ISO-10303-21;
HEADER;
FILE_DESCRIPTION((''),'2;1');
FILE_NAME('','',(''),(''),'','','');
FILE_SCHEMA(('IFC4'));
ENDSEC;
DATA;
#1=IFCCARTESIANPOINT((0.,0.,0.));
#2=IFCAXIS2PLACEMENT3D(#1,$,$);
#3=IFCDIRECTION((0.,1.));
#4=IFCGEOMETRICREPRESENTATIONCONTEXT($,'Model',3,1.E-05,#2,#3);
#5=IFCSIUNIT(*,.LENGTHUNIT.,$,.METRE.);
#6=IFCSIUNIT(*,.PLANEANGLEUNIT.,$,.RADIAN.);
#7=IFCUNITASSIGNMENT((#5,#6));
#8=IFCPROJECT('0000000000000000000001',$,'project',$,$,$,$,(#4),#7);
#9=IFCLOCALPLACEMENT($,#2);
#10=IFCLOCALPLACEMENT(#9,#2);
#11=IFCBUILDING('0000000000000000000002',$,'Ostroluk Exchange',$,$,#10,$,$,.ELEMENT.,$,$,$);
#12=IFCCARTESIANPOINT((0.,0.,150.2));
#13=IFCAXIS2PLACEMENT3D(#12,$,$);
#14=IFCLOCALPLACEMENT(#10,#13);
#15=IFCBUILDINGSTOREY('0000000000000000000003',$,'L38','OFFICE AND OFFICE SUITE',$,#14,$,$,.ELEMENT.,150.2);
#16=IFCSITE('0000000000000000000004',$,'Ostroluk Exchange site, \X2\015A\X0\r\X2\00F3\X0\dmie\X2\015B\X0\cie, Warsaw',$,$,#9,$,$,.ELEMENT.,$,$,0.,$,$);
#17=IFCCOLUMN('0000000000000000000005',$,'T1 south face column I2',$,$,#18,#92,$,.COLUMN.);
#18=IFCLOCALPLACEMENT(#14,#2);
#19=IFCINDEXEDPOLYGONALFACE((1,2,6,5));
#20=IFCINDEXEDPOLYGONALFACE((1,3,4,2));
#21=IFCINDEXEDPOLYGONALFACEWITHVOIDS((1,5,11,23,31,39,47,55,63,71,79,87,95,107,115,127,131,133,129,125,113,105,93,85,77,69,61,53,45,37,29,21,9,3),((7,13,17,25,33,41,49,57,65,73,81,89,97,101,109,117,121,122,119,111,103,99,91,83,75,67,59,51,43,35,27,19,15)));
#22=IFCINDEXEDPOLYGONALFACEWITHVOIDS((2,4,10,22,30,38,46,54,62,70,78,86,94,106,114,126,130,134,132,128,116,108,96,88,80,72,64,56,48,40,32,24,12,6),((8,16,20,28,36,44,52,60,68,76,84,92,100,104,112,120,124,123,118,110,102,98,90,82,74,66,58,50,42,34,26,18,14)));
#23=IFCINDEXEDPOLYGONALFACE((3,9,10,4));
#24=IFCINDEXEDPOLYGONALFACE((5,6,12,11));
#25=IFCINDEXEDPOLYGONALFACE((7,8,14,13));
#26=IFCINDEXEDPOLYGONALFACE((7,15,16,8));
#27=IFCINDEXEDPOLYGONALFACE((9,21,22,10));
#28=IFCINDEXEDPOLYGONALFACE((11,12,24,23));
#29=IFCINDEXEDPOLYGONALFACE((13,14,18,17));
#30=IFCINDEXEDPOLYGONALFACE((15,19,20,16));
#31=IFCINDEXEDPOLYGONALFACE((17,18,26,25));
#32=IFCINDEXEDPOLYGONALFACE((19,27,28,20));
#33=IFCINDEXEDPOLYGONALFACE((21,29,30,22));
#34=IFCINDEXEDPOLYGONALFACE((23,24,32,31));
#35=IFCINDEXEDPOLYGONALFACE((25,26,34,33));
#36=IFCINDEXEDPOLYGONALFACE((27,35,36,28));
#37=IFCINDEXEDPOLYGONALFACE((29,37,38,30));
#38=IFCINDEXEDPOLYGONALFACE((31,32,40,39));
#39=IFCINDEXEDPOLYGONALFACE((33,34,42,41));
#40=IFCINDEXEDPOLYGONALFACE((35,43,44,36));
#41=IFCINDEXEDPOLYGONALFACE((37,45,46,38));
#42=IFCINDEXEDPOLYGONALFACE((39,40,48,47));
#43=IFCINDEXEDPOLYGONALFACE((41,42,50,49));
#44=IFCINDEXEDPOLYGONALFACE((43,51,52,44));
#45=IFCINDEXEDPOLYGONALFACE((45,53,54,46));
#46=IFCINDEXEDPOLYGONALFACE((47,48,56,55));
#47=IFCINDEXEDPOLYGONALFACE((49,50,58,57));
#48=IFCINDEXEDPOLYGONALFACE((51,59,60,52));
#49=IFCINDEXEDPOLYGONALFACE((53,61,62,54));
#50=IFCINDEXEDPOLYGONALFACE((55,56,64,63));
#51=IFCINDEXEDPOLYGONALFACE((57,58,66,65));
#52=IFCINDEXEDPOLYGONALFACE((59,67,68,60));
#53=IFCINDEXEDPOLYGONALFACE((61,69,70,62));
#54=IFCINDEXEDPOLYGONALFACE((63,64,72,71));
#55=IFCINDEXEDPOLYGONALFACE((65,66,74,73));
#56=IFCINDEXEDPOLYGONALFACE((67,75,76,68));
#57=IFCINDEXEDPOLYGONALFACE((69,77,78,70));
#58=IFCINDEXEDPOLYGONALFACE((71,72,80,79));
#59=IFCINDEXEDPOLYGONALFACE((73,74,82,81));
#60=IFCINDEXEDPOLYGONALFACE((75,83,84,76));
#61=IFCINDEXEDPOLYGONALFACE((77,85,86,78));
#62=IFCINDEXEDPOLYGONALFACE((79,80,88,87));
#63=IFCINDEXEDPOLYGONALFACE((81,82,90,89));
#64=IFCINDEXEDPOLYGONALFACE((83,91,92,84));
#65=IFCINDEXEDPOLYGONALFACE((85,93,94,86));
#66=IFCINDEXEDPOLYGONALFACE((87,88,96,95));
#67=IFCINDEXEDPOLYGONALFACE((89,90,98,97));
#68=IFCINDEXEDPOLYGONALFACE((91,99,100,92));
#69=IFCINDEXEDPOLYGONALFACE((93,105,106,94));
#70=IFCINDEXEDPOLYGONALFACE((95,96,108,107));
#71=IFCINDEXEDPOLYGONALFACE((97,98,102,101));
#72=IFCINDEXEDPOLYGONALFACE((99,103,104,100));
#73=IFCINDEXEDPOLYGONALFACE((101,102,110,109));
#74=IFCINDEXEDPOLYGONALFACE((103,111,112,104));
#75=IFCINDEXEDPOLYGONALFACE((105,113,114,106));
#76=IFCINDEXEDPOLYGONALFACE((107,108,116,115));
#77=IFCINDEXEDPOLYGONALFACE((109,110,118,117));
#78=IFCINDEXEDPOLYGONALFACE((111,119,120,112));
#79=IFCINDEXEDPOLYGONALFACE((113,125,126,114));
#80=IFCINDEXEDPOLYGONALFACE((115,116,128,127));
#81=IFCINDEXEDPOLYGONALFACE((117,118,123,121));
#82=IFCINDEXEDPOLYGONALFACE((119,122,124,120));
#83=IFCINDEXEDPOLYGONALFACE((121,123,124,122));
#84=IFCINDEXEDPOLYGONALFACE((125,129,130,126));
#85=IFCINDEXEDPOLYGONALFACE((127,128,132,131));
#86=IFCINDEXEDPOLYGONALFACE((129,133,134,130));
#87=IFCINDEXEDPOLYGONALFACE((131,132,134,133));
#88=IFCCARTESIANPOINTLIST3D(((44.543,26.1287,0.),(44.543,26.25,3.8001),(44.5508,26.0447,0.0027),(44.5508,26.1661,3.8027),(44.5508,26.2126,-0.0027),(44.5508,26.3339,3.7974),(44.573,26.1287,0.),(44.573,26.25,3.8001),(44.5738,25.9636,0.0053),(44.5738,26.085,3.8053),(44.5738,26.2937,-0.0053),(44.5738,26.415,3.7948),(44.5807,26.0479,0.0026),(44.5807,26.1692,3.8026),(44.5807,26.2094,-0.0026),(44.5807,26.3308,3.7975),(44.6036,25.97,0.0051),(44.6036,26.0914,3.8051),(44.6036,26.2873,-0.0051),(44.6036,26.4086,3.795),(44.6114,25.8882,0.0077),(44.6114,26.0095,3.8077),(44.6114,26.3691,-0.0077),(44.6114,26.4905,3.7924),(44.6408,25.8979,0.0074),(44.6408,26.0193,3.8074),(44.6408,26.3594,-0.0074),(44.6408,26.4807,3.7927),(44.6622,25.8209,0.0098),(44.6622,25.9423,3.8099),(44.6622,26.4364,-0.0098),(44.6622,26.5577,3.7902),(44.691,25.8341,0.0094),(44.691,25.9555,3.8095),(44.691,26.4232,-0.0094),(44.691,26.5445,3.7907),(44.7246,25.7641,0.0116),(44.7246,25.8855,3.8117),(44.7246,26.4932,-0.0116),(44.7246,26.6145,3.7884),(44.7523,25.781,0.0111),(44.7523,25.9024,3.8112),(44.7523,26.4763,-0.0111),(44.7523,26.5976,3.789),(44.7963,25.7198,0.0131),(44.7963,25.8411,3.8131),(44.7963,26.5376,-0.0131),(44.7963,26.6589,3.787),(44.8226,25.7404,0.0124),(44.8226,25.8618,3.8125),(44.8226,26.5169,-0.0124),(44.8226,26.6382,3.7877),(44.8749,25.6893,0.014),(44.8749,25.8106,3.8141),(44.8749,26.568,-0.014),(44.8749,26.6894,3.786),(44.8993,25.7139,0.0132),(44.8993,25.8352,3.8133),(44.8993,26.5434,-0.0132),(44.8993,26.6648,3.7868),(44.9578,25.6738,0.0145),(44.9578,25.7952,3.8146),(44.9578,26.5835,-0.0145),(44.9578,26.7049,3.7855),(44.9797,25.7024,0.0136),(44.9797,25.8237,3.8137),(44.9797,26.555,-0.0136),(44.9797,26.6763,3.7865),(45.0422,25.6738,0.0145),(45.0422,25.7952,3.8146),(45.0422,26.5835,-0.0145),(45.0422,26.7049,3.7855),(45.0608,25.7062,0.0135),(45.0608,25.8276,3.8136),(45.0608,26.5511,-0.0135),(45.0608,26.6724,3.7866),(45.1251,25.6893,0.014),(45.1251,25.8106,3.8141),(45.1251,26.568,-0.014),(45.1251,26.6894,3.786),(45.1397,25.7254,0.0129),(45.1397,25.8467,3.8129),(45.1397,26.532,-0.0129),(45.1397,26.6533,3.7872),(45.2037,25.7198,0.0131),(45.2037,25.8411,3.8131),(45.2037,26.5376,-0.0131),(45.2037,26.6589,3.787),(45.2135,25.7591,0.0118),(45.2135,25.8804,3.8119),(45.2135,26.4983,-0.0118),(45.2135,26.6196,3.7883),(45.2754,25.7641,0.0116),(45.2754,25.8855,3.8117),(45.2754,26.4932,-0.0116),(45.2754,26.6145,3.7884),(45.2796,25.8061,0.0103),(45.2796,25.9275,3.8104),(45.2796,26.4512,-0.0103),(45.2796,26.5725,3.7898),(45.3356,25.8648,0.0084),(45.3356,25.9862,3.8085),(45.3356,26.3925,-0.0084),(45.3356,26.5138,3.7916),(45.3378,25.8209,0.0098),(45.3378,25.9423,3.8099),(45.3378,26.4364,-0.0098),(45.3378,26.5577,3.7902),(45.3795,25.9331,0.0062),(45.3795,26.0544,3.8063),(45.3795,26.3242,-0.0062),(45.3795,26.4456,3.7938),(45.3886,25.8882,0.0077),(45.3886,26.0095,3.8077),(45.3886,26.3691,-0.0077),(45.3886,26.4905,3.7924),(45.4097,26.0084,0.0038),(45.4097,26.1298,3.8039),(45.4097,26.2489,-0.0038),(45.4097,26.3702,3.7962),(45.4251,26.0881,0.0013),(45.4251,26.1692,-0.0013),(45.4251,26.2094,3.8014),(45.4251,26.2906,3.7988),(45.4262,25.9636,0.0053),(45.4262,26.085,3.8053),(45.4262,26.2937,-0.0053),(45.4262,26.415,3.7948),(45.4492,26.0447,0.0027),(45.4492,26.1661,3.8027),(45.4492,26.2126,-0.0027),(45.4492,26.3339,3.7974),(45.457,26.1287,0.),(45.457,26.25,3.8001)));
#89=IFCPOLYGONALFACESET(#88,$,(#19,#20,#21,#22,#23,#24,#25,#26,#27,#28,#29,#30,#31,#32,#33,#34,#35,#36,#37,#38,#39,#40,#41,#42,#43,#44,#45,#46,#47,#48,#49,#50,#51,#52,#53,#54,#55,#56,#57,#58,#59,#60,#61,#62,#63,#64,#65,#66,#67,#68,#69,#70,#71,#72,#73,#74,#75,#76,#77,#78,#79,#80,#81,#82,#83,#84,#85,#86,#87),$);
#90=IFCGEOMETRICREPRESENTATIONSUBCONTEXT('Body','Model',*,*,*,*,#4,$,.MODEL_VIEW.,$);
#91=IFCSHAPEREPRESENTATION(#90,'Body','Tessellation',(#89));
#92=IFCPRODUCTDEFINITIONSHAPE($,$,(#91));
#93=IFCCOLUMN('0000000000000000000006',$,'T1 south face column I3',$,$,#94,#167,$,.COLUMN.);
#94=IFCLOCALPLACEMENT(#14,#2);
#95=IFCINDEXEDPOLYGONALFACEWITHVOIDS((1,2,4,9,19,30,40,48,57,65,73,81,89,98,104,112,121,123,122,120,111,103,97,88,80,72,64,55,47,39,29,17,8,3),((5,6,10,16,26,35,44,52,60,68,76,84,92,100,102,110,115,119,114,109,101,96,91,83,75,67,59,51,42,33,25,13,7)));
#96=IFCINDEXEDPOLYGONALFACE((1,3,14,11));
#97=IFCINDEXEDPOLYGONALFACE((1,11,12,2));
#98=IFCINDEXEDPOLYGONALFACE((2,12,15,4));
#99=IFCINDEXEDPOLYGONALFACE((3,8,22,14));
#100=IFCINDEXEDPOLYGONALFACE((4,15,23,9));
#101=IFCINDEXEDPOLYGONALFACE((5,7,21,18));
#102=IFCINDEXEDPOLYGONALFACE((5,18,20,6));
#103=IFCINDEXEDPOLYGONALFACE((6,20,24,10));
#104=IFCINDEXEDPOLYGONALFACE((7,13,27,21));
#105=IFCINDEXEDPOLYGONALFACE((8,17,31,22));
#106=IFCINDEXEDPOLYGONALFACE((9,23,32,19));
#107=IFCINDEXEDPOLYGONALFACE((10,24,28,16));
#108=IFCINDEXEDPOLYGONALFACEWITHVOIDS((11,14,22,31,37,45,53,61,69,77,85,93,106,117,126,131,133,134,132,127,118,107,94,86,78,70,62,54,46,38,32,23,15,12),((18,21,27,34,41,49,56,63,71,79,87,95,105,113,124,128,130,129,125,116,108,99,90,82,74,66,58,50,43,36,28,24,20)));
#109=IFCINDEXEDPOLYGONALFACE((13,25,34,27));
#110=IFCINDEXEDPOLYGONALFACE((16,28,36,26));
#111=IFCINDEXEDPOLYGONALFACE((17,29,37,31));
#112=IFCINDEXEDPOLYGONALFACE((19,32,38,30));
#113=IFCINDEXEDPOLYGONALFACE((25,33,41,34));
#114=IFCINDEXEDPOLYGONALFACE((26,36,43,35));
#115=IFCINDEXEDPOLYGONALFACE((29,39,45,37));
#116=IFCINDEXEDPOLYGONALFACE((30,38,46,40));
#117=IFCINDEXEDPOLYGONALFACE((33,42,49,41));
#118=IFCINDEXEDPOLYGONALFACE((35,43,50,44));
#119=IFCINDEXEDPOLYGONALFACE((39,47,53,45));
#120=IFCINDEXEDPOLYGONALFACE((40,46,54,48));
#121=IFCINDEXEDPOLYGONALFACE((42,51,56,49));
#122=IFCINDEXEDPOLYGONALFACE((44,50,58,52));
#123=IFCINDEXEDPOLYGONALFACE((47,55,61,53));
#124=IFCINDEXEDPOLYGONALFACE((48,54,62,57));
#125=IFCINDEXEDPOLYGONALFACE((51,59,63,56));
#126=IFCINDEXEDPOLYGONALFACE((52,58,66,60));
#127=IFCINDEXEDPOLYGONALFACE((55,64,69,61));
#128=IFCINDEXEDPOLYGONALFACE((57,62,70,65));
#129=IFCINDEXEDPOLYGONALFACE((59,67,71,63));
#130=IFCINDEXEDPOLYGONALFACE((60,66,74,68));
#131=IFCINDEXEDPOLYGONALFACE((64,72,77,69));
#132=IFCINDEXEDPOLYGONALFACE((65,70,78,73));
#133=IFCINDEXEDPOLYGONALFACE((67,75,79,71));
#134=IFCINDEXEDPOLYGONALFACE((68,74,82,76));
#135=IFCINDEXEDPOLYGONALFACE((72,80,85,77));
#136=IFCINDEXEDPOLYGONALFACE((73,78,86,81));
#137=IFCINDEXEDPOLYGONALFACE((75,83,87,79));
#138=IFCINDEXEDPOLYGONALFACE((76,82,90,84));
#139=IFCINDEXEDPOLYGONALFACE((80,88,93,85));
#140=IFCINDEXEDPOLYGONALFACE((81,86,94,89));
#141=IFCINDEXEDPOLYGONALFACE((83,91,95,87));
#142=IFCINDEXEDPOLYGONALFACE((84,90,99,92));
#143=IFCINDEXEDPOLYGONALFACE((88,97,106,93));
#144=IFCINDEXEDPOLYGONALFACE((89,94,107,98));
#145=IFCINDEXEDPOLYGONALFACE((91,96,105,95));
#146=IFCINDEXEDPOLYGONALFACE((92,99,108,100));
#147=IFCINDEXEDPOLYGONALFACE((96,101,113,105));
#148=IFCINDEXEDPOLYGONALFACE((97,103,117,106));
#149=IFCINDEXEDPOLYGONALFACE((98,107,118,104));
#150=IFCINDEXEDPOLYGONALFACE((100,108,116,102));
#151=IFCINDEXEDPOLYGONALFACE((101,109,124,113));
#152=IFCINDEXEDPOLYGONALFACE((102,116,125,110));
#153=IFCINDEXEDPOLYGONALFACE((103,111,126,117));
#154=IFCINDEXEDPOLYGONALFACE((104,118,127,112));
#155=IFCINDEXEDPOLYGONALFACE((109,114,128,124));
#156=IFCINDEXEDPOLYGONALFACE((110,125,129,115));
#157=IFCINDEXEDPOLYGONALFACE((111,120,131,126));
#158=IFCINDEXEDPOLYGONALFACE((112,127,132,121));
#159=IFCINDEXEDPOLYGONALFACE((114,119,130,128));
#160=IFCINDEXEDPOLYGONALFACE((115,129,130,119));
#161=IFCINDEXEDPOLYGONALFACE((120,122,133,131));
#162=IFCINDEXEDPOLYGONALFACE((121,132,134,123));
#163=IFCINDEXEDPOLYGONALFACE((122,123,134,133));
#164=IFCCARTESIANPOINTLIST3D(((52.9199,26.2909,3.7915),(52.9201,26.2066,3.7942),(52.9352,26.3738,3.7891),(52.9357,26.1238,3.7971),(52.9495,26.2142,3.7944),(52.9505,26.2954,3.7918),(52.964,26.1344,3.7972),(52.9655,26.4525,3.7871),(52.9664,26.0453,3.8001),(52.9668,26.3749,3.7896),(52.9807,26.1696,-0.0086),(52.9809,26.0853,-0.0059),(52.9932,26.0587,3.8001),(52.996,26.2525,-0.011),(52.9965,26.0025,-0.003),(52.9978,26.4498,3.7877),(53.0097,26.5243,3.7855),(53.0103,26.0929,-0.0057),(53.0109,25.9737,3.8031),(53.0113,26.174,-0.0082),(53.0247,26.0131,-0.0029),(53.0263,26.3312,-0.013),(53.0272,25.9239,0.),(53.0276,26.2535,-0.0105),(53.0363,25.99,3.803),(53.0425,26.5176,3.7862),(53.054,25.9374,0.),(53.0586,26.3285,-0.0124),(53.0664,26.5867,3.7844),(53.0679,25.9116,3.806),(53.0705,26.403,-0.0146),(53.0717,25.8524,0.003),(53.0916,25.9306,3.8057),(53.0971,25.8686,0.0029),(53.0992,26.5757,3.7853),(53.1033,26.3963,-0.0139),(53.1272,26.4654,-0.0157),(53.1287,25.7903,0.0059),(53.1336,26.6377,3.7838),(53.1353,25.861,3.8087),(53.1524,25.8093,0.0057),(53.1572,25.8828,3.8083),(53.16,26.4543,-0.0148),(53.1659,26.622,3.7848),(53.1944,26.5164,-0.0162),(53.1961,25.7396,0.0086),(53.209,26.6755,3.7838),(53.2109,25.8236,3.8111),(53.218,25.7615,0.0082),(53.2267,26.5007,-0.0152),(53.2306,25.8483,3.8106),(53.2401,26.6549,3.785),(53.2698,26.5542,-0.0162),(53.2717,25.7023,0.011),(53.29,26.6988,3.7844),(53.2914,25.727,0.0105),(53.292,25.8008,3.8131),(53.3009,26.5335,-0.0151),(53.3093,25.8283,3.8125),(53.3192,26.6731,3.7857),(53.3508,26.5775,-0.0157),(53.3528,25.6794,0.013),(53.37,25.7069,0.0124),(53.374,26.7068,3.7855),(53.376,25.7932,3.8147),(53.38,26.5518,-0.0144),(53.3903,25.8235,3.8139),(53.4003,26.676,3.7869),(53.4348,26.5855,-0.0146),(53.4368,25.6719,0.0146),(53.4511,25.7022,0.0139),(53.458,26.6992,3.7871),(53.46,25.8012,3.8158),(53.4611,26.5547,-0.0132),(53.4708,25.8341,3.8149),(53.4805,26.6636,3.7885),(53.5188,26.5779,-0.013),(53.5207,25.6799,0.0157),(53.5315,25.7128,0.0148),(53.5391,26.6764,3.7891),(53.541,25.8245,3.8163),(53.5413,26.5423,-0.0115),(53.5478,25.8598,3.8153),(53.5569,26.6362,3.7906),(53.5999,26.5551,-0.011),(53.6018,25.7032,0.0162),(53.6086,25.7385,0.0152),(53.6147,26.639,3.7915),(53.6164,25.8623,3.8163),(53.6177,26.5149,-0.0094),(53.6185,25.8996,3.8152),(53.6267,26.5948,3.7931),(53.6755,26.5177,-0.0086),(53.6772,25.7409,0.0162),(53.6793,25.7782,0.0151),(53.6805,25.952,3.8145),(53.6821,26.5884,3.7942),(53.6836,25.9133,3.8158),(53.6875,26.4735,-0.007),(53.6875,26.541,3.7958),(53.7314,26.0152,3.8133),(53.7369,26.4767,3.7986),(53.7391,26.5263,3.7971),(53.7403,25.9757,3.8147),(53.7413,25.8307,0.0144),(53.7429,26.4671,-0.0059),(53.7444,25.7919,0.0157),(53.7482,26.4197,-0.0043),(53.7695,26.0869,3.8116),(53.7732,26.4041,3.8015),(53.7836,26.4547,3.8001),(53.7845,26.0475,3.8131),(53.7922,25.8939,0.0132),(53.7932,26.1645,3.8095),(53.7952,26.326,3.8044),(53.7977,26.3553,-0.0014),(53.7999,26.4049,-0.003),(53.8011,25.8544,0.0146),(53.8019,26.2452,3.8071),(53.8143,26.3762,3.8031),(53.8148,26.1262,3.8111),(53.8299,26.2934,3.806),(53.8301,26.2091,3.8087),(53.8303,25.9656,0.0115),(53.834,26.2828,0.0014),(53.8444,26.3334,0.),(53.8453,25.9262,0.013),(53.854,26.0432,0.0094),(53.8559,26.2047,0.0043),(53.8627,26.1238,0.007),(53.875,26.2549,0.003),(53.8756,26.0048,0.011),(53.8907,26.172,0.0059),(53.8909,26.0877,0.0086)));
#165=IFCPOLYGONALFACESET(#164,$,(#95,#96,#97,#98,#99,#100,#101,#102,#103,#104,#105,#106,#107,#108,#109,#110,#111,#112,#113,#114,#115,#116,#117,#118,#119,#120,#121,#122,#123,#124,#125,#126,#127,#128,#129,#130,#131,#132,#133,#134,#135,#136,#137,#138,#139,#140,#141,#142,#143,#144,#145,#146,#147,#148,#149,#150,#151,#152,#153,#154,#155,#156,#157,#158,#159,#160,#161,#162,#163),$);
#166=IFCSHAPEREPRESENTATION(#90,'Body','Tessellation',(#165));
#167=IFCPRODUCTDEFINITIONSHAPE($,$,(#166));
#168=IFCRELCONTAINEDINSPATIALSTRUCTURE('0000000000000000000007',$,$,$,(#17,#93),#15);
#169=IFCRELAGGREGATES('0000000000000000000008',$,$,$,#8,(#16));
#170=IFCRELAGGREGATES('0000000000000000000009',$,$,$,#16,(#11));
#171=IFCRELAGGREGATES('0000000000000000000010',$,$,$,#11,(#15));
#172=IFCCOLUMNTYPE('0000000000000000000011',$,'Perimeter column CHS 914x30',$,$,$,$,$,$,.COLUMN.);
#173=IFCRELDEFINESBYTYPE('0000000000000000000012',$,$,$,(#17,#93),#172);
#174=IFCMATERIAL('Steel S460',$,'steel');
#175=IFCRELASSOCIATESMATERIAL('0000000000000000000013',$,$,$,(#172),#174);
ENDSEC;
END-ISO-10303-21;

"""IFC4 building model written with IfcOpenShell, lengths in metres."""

from ifc_helpers import new_model, si_unit, direction, frame, origin, origin_2d, place, context, subcontext, project, spatial, hollow_circle, extrude, material, material_profile, profile_set, type_object, element, save


model = new_model("IFC4")

# Units and contexts
model_context = context("Model", 3, precision=1e-05, world=origin(), true_north=direction((0.0, 1.0)))
body_context = subcontext(model_context, "Body", "Model", "MODEL_VIEW")
ifc_project = project(units=[si_unit("LENGTHUNIT", "METRE"), si_unit("PLANEANGLEUNIT", "RADIAN")], contexts=[model_context])

# Site, building, storey
site_placement = place(None, origin())
site = spatial("IfcSite", under=ifc_project, at=site_placement, Name="Ostroluk Exchange site, Śródmieście, Warsaw", CompositionType="ELEMENT", RefElevation=0.0)
building_placement = place(site_placement, origin())
building = spatial("IfcBuilding", under=site, at=building_placement, Name="Ostroluk Exchange", CompositionType="ELEMENT")
storey_placement = place(building_placement, frame((0.0, 0.0, 150.2)))
storey = spatial("IfcBuildingStorey", under=building, at=storey_placement, Name="L38", Description="OFFICE AND OFFICE SUITE", CompositionType="ELEMENT", Elevation=150.2)

# Columns
ifc_material_1 = material(Name="Steel S460", Category="steel")
ifc_material_profile_1 = material_profile(ifc_material_1, hollow_circle(Radius=0.457, WallThickness=0.03, at=origin_2d()), Name="CHS 914x30")
ifc_profile_set_1 = profile_set([ifc_material_profile_1], Name="Steel S460")
column_type = type_object("IfcColumnType", Name="Perimeter column CHS 914x30", PredefinedType="COLUMN", material=ifc_profile_set_1)
column_1_placement = place(storey_placement, frame((45.0, 26.1287, 0.0), z_axis=(0.0, 0.031914, 0.999491), x_axis=(-1.0, 0.0, 0.0)))
element("IfcColumn", 1, at=column_1_placement, inside=storey, type_object=column_type, Name="T1 south face column I2", PredefinedType="COLUMN", context=body_context, shape_type="SweptSolid", body=[
    extrude(hollow_circle(Radius=0.457, WallThickness=0.03, at=origin_2d()), origin(), (0.0, 0.0, 1.0), 3.802),
])
column_2_placement = place(storey_placement, frame((53.4358, 26.1287, 0.0), z_axis=(-0.015987, 0.03191, 0.999363), x_axis=(-0.894067, -0.447933, 0.0)))
element("IfcColumn", 2, at=column_2_placement, inside=storey, type_object=column_type, Name="T1 south face column I3", PredefinedType="COLUMN", context=body_context, shape_type="SweptSolid", body=[
    extrude(hollow_circle(Radius=0.457, WallThickness=0.03, at=origin_2d()), origin(), (0.0, 0.0, 1.0), 3.8025),
])

save(model, "model.ifc")
